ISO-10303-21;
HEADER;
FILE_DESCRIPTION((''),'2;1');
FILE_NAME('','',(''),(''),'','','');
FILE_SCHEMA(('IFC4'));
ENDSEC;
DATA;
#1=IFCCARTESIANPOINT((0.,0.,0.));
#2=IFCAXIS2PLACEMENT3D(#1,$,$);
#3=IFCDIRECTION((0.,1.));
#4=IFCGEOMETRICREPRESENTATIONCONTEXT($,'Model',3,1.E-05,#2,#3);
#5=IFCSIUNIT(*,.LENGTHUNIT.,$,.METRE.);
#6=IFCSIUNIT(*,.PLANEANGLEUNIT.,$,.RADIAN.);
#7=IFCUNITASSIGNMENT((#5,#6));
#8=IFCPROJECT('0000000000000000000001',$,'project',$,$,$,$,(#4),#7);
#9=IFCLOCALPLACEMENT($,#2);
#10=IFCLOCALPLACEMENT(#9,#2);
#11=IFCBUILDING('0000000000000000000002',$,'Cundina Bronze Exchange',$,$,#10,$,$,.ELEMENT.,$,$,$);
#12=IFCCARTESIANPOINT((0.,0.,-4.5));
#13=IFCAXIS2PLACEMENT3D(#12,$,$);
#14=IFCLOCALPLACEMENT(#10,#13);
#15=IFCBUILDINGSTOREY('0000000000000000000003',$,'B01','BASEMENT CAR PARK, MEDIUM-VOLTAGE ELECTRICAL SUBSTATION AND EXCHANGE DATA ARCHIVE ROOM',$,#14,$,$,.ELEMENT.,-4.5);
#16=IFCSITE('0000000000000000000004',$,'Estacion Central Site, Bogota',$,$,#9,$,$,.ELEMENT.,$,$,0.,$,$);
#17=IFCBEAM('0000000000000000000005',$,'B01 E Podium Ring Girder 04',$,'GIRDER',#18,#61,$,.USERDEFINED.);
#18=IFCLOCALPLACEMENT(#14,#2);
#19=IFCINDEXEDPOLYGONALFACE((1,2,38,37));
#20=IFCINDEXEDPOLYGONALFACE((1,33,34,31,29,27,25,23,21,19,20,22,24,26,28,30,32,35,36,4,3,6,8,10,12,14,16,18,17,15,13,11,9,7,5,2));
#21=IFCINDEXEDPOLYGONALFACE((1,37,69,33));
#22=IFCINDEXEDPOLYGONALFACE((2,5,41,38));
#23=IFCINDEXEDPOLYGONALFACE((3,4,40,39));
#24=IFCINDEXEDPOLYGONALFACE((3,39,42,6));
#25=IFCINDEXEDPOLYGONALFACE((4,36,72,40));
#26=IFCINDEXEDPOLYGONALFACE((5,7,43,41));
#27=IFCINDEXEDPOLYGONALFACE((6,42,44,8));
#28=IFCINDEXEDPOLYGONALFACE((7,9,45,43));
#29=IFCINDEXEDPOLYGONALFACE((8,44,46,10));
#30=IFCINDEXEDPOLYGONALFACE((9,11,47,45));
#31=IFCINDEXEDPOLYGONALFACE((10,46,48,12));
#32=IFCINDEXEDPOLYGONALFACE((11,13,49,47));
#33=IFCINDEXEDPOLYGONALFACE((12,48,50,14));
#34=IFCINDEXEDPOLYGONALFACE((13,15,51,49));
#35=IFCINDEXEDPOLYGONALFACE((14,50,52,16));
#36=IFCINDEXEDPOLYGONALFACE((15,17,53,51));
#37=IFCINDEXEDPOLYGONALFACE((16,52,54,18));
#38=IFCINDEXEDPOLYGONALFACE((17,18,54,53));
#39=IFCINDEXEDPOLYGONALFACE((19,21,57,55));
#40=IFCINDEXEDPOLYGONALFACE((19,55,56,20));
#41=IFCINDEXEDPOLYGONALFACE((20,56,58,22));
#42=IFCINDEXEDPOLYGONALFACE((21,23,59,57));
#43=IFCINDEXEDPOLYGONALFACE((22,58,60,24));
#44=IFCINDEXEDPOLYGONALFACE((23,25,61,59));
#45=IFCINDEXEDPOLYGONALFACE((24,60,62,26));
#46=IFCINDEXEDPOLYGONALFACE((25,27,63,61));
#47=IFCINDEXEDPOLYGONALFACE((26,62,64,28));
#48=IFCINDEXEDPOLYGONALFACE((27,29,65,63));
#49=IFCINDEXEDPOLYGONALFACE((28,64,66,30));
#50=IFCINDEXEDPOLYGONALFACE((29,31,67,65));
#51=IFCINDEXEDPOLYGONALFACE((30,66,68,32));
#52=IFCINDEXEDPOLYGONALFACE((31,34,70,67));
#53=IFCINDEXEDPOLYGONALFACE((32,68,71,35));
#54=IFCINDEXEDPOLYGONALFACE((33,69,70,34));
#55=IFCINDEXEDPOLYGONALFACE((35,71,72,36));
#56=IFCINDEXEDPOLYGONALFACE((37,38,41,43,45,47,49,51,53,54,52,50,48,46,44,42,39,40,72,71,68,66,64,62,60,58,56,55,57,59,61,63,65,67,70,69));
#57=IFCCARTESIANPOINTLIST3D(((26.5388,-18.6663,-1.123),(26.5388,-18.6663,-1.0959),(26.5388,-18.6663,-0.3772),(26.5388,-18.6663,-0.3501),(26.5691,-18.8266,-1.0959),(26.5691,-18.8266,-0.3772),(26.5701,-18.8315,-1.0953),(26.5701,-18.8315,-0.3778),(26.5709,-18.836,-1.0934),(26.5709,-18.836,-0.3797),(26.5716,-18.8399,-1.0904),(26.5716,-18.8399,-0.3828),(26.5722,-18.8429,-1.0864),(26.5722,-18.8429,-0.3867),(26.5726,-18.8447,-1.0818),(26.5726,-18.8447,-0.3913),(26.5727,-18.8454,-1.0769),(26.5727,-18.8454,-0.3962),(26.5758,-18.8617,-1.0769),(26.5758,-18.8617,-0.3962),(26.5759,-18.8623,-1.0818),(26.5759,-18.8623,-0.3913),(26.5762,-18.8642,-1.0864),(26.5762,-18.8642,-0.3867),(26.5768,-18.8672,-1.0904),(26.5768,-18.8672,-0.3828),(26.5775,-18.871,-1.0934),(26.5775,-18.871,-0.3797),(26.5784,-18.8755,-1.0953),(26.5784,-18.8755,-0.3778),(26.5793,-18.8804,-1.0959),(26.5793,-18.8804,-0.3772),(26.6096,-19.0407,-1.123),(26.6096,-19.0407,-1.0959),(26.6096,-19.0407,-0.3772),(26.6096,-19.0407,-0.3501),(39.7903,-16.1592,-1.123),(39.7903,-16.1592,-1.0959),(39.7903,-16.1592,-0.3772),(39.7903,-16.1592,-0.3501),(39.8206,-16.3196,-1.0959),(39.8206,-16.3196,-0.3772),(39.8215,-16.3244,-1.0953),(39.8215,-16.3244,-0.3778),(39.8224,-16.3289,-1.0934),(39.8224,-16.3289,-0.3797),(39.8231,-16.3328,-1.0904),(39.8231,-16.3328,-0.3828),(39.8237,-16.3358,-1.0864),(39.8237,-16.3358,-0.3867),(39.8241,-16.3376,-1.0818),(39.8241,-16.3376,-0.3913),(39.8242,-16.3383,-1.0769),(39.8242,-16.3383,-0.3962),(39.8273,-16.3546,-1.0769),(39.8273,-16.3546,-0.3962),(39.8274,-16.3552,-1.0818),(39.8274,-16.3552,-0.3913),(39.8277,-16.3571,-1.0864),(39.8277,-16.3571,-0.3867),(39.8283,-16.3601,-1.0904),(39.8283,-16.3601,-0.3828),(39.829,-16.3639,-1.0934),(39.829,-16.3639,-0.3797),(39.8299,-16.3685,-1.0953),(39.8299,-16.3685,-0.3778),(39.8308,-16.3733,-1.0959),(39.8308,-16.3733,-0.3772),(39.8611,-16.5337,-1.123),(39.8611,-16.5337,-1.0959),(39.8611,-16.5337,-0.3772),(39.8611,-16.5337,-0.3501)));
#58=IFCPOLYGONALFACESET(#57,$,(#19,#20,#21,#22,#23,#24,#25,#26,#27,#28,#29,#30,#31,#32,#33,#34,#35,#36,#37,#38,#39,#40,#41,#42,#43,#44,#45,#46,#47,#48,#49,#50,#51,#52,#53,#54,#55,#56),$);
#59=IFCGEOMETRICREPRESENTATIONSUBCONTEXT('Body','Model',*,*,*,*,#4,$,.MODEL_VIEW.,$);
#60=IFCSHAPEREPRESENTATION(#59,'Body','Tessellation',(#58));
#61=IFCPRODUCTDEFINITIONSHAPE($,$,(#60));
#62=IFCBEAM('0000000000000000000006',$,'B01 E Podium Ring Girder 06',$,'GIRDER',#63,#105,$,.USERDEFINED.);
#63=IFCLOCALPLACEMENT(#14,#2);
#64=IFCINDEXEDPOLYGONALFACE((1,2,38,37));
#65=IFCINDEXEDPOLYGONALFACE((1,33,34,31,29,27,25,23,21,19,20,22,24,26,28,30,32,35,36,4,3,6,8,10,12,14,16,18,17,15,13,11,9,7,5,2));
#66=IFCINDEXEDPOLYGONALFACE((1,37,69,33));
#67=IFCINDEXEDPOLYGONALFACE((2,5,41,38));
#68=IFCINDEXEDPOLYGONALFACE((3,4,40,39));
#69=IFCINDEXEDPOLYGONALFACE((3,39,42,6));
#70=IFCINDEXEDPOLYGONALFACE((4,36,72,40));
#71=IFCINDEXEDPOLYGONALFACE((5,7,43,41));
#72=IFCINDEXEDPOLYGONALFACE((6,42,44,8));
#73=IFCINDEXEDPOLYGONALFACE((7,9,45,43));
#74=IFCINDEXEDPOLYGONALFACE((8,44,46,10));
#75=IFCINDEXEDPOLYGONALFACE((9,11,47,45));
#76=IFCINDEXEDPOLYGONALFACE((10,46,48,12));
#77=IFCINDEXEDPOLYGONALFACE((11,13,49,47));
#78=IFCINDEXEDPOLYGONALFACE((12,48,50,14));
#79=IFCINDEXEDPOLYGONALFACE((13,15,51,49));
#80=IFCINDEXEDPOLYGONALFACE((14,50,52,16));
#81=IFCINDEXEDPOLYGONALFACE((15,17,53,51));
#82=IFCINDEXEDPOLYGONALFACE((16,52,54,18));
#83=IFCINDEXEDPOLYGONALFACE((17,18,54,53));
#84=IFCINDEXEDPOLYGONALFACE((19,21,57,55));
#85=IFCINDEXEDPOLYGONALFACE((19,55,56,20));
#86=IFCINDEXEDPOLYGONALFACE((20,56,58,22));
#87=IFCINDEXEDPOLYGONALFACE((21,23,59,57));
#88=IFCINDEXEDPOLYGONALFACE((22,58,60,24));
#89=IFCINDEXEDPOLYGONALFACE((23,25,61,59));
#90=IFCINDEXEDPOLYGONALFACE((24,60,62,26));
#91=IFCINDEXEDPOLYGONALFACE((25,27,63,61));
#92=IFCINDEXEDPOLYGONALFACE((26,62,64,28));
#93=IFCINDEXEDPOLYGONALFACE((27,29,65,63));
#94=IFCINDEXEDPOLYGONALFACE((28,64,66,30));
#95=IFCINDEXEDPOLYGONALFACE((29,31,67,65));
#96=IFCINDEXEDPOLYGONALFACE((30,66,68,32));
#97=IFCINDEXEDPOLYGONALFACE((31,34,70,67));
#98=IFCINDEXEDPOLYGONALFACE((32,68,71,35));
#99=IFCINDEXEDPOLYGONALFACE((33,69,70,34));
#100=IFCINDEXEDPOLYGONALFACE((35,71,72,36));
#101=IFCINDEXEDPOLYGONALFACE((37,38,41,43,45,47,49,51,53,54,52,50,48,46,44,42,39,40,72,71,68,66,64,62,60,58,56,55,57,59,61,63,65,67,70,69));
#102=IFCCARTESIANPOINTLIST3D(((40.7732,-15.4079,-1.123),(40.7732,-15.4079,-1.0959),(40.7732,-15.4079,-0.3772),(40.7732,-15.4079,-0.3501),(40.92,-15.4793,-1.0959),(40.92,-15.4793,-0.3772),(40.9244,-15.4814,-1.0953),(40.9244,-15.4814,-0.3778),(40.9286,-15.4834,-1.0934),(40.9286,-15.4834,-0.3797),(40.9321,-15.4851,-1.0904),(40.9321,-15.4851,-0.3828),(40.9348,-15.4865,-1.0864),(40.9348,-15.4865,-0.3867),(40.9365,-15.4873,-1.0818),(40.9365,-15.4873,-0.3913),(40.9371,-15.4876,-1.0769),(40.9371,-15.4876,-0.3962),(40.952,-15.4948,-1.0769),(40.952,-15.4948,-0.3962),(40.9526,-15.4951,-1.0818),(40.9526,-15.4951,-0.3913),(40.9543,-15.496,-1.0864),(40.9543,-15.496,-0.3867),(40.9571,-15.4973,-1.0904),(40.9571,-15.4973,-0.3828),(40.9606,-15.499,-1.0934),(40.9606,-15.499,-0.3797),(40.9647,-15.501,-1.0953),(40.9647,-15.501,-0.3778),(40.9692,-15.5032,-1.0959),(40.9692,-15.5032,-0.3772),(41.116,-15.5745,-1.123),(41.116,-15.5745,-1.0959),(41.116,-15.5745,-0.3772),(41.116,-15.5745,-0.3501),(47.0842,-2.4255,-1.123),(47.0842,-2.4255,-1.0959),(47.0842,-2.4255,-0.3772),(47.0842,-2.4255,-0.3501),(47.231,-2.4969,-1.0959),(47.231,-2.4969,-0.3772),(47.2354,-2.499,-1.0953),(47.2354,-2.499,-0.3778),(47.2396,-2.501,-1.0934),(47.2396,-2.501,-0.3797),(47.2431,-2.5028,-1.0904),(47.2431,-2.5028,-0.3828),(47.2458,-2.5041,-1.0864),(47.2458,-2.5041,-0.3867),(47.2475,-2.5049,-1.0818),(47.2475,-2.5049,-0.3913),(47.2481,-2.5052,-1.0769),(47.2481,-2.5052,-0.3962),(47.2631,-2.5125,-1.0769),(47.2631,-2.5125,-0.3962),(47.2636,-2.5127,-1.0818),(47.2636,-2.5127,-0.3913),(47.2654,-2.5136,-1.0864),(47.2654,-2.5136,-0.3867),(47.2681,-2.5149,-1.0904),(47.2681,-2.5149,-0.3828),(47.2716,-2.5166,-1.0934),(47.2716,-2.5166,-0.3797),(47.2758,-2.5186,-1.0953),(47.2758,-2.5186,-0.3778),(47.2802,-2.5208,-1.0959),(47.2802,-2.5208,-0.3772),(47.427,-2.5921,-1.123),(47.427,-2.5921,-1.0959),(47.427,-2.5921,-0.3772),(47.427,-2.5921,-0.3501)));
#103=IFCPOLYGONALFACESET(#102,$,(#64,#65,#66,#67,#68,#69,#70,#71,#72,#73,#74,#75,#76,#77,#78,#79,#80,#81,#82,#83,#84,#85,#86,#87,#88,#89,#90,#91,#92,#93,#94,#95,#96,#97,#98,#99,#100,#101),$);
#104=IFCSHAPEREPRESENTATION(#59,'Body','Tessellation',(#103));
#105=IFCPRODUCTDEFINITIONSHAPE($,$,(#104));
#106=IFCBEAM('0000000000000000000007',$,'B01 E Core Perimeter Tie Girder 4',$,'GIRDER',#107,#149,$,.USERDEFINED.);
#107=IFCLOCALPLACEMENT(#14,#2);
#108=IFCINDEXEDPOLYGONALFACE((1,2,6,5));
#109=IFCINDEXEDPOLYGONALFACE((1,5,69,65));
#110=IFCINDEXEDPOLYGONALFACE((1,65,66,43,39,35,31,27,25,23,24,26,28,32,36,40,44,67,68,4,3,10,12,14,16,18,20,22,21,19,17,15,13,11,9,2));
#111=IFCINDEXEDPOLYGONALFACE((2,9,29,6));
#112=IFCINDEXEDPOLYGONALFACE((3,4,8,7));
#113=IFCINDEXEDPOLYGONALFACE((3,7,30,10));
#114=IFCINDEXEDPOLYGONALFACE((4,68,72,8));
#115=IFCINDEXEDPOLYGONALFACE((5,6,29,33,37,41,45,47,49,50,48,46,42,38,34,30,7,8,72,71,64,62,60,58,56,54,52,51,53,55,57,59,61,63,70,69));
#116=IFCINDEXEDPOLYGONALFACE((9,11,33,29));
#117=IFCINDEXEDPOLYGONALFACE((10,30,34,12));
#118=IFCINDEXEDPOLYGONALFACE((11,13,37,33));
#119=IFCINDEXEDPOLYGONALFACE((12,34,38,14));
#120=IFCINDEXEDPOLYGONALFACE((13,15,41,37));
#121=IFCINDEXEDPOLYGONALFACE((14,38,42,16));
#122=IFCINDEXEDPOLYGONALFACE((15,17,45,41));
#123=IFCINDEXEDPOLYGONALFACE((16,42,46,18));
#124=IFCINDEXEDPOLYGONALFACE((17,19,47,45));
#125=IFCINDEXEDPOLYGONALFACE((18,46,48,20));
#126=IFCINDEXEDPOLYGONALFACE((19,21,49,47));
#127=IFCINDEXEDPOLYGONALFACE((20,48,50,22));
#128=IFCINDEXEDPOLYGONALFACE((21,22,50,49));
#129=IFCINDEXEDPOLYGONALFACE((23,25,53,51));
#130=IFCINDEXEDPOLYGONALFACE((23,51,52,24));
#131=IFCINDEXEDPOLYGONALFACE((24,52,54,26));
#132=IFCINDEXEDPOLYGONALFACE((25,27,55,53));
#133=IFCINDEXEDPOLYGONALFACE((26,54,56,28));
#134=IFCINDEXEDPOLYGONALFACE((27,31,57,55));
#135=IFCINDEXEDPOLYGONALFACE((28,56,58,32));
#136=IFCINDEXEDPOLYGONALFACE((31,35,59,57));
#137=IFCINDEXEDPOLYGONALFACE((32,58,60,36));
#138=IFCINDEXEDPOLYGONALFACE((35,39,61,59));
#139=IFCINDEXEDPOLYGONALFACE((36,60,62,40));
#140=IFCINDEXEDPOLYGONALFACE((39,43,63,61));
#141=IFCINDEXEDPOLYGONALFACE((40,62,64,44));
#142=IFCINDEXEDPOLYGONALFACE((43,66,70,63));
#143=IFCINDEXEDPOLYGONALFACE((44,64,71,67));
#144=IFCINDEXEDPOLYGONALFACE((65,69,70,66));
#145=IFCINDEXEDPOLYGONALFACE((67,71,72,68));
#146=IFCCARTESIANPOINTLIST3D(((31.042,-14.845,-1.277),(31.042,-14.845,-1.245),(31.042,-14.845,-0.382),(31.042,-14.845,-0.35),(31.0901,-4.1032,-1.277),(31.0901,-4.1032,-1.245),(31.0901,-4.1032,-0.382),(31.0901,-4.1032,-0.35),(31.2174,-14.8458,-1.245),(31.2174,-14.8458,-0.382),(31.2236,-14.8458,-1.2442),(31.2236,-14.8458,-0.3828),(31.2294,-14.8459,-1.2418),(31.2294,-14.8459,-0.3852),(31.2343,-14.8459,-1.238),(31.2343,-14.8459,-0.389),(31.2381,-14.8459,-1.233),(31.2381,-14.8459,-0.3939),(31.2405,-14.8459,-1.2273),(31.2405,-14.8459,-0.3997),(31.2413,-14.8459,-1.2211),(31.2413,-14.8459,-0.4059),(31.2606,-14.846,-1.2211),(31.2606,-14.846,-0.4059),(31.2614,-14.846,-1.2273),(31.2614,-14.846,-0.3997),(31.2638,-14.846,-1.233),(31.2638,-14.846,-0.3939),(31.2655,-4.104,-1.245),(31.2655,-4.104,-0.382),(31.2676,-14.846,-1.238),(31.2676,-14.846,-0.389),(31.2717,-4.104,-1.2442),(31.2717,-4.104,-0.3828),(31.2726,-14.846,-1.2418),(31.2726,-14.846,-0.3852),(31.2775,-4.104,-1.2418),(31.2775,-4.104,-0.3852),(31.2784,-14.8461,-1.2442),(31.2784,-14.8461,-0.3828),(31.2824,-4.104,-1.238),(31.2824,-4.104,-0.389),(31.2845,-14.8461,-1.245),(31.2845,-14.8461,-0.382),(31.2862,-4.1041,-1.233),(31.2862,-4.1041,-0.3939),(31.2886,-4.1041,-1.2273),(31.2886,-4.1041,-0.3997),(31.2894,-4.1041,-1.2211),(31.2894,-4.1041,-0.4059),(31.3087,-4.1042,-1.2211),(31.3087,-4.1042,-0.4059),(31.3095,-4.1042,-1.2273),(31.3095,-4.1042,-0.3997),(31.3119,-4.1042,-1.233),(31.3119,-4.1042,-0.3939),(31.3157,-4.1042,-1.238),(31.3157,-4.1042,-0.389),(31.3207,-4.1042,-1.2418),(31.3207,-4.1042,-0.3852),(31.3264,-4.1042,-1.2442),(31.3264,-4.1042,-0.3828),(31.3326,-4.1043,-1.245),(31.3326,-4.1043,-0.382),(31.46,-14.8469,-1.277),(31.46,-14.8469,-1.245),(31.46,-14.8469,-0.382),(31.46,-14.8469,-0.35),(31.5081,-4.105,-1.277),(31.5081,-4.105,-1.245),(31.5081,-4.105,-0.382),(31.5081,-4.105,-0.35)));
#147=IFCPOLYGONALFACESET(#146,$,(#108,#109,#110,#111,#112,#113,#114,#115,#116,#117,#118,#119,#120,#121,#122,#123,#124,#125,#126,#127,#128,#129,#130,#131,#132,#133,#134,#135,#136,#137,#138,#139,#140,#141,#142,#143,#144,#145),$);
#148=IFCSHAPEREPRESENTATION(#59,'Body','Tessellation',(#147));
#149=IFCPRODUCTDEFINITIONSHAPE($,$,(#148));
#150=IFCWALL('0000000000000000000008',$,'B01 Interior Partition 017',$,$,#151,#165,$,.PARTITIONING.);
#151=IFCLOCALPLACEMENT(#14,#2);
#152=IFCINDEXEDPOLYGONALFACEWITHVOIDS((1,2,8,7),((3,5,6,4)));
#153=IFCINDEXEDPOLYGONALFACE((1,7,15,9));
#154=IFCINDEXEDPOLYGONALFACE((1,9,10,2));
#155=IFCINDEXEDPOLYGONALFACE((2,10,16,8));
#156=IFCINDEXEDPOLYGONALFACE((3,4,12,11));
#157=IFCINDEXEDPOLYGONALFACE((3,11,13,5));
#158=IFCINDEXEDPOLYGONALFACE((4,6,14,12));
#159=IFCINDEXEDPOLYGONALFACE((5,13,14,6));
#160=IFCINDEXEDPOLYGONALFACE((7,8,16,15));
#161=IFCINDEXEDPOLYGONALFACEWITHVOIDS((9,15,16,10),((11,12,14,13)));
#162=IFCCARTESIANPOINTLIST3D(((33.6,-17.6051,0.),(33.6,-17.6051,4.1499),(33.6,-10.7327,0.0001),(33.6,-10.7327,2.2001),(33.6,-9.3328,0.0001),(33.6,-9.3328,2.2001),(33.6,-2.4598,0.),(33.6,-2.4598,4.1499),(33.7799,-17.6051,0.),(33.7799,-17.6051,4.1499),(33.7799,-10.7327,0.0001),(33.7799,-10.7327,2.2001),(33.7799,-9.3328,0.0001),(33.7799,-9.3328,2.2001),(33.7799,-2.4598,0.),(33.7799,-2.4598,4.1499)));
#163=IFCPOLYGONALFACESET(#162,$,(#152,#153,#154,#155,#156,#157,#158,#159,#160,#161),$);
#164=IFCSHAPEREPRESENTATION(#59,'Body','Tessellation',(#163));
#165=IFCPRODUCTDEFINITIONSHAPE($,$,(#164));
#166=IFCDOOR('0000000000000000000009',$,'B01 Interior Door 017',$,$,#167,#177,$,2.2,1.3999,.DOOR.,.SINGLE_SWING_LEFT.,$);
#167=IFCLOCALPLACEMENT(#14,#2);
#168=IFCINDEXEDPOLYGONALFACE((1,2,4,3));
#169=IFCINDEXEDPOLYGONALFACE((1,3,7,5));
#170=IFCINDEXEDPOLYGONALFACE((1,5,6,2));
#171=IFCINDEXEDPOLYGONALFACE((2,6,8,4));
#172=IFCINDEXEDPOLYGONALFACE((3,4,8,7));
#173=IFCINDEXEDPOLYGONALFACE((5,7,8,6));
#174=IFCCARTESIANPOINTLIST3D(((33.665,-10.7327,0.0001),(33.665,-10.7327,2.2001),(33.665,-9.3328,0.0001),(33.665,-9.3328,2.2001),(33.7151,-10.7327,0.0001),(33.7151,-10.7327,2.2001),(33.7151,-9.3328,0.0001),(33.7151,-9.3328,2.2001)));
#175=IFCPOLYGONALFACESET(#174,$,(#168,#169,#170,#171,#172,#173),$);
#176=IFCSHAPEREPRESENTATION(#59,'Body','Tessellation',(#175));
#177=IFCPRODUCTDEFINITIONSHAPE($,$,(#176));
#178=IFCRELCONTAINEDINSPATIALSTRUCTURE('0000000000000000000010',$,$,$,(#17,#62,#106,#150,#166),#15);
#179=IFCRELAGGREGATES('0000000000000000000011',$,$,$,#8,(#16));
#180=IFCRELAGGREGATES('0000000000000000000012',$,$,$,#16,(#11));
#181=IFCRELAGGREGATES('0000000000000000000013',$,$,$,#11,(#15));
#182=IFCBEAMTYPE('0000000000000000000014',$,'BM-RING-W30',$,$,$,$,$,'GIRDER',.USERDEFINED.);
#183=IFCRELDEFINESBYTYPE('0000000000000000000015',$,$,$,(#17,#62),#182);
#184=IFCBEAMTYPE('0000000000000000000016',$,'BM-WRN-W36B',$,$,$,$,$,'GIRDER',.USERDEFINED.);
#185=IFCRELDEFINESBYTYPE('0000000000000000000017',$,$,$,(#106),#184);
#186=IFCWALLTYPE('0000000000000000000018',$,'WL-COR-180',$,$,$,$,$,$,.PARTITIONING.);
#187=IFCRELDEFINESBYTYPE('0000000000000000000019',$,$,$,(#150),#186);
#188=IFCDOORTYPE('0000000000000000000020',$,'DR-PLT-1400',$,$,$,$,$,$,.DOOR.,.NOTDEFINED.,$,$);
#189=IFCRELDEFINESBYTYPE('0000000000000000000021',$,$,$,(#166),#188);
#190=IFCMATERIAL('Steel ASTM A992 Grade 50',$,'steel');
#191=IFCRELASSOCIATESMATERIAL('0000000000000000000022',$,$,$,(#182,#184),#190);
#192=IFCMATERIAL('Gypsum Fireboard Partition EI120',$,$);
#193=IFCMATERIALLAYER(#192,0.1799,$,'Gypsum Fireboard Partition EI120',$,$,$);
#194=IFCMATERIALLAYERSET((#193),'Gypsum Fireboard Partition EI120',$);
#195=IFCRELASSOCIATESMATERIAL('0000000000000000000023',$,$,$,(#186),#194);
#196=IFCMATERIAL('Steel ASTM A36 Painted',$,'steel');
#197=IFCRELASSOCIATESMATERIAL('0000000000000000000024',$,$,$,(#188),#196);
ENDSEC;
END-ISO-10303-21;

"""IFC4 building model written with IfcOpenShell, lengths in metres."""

from ifc_helpers import new_model, si_unit, direction, frame, frame_2d, origin, origin_2d, place, context, subcontext, project, spatial, rectangle, i_section, extrude, material, layer, layer_set, material_profile, profile_set, type_object, element, fill, save


model = new_model("IFC4")

# Units and contexts
model_context = context("Model", 3, precision=1e-05, world=origin(), true_north=direction((0.0, 1.0)))
body_context = subcontext(model_context, "Body", "Model", "MODEL_VIEW")
ifc_project = project(units=[si_unit("LENGTHUNIT", "METRE"), si_unit("PLANEANGLEUNIT", "RADIAN")], contexts=[model_context])

# Site, building, storey
site_placement = place(None, origin())
site = spatial("IfcSite", under=ifc_project, at=site_placement, Name="Estacion Central Site, Bogota", CompositionType="ELEMENT", RefElevation=0.0)
building_placement = place(site_placement, origin())
building = spatial("IfcBuilding", under=site, at=building_placement, Name="Cundina Bronze Exchange", CompositionType="ELEMENT")
storey_placement = place(building_placement, frame((0.0, 0.0, -4.5)))
storey = spatial("IfcBuildingStorey", under=building, at=storey_placement, Name="B01", Description="BASEMENT CAR PARK, MEDIUM-VOLTAGE ELECTRICAL SUBSTATION AND EXCHANGE DATA ARCHIVE ROOM", CompositionType="ELEMENT", Elevation=-4.5)

# Shared definitions
ifc_material_1 = material(Name="Steel ASTM A992 Grade 50", Category="steel")

# Beams
ifc_material_profile_1 = material_profile(ifc_material_1, i_section(OverallWidth=0.3811, OverallDepth=0.7729, WebThickness=0.0166, FlangeThickness=0.0271, FilletRadius=0.019, at=origin_2d()), Name="W30X173", Category="steel")
ifc_profile_set_1 = profile_set([ifc_material_profile_1], Name="Steel ASTM A992 Grade 50")
beam_type_1 = type_object("IfcBeamType", Name="BM-RING-W30", ElementType="GIRDER", PredefinedType="USERDEFINED", material=ifc_profile_set_1)
beam_1_placement = place(storey_placement, frame((26.5742, -18.8535, -0.7366), z_axis=(0.98257, 0.185895, 0.0), x_axis=(-0.185895, 0.98257, 0.0)))
element("IfcBeam", 1, at=beam_1_placement, inside=storey, type_object=beam_type_1, Name="B01 E Podium Ring Girder 04", ObjectType="GIRDER", PredefinedType="USERDEFINED", context=body_context, shape_type="SweptSolid", body=[
    extrude(i_section(OverallWidth=0.3811, OverallDepth=0.7729, WebThickness=0.0166, FlangeThickness=0.0271, FilletRadius=0.019, at=origin_2d()), origin(), (0.0, 0.0, 1.0), 13.4866),
])
beam_2_placement = place(storey_placement, frame((40.9446, -15.4912, -0.7366), z_axis=(0.4372, 0.899364, 0.0), x_axis=(-0.899364, 0.4372, 0.0)))
element("IfcBeam", 2, at=beam_2_placement, inside=storey, type_object=beam_type_1, Name="B01 E Podium Ring Girder 06", ObjectType="GIRDER", PredefinedType="USERDEFINED", context=body_context, shape_type="SweptSolid", body=[
    extrude(i_section(OverallWidth=0.3811, OverallDepth=0.7729, WebThickness=0.0166, FlangeThickness=0.0271, FilletRadius=0.019, at=origin_2d()), origin(), (0.0, 0.0, 1.0), 14.4351),
])
ifc_material_profile_2 = material_profile(ifc_material_1, i_section(OverallWidth=0.418, OverallDepth=0.927, WebThickness=0.0193, FlangeThickness=0.032, FilletRadius=0.0239, at=origin_2d()), Name="W36X231", Category="steel")
ifc_profile_set_2 = profile_set([ifc_material_profile_2], Name="Steel ASTM A992 Grade 50")
beam_type_2 = type_object("IfcBeamType", Name="BM-WRN-W36B", ElementType="GIRDER", PredefinedType="USERDEFINED", material=ifc_profile_set_2)
beam_3_placement = place(storey_placement, frame((31.251, -14.8459, -0.8135), z_axis=(0.004477, 0.99999, 0.0), x_axis=(-0.99999, 0.004477, 0.0)))
element("IfcBeam", 3, at=beam_3_placement, inside=storey, type_object=beam_type_2, Name="B01 E Core Perimeter Tie Girder 4", ObjectType="GIRDER", PredefinedType="USERDEFINED", context=body_context, shape_type="SweptSolid", body=[
    extrude(i_section(OverallWidth=0.418, OverallDepth=0.927, WebThickness=0.0193, FlangeThickness=0.032, FilletRadius=0.0239, at=origin_2d()), origin(), (0.0, 0.0, 1.0), 10.7419),
])

# Wall, opening, door
ifc_material_2 = material(Name="Gypsum Fireboard Partition EI120")
ifc_layer_1 = layer(ifc_material_2, 0.1799, Name="Gypsum Fireboard Partition EI120")
ifc_layer_set_1 = layer_set([ifc_layer_1], Name="Gypsum Fireboard Partition EI120")
wall_type_1 = type_object("IfcWallType", Name="WL-COR-180", PredefinedType="PARTITIONING", material=ifc_layer_set_1)
wall_1_placement = place(storey_placement, frame((33.6899, -17.6052, 0.0), z_axis=(0.0, 0.0, 1.0), x_axis=(0.0, 1.0, 0.0)))
wall_1 = element("IfcWall", 4, at=wall_1_placement, inside=storey, type_object=wall_type_1, Name="B01 Interior Partition 017", PredefinedType="PARTITIONING", context=body_context, shape_type="SweptSolid", body=[
    extrude(rectangle(XDim=15.1453, YDim=0.1799, at=frame_2d((7.5728, 0.0))), origin(), (0.0, 0.0, 1.0), 4.1499),
])
opening_placement = place(wall_1_placement, frame((6.8726, 0.0, 0.0)))
opening = element("IfcOpeningElement", 5, at=opening_placement, cuts=wall_1, PredefinedType="OPENING", context=body_context, shape_type="SweptSolid", body=[
    extrude(rectangle(XDim=1.3999, YDim=2.2, at=frame_2d((0.7, 1.1001))), frame((0.0, 0.0999, 0.0), z_axis=(0.0, -1.0, 0.0), x_axis=(1.0, 0.0, 0.0)), (0.0, 0.0, 1.0), 0.2),
])
ifc_material_3 = material(Name="Steel ASTM A36 Painted", Category="steel")
door_type = type_object("IfcDoorType", Name="DR-PLT-1400", OperationType="NOTDEFINED", PredefinedType="DOOR", material=ifc_material_3)
door_placement = place(opening_placement, origin())
door = element("IfcDoor", 6, at=door_placement, inside=storey, type_object=door_type, Name="B01 Interior Door 017", OperationType="SINGLE_SWING_LEFT", OverallHeight=2.2, OverallWidth=1.3999, PredefinedType="DOOR", context=body_context, shape_type="SweptSolid", body=[
    extrude(rectangle(XDim=1.3999, YDim=2.2, at=frame_2d((0.7, 1.1001))), frame((0.0, 0.0249, 0.0), z_axis=(0.0, -1.0, 0.0), x_axis=(1.0, 0.0, 0.0)), (0.0, 0.0, 1.0), 0.05),
])
fill(opening, door)

save(model, "model.ifc")
